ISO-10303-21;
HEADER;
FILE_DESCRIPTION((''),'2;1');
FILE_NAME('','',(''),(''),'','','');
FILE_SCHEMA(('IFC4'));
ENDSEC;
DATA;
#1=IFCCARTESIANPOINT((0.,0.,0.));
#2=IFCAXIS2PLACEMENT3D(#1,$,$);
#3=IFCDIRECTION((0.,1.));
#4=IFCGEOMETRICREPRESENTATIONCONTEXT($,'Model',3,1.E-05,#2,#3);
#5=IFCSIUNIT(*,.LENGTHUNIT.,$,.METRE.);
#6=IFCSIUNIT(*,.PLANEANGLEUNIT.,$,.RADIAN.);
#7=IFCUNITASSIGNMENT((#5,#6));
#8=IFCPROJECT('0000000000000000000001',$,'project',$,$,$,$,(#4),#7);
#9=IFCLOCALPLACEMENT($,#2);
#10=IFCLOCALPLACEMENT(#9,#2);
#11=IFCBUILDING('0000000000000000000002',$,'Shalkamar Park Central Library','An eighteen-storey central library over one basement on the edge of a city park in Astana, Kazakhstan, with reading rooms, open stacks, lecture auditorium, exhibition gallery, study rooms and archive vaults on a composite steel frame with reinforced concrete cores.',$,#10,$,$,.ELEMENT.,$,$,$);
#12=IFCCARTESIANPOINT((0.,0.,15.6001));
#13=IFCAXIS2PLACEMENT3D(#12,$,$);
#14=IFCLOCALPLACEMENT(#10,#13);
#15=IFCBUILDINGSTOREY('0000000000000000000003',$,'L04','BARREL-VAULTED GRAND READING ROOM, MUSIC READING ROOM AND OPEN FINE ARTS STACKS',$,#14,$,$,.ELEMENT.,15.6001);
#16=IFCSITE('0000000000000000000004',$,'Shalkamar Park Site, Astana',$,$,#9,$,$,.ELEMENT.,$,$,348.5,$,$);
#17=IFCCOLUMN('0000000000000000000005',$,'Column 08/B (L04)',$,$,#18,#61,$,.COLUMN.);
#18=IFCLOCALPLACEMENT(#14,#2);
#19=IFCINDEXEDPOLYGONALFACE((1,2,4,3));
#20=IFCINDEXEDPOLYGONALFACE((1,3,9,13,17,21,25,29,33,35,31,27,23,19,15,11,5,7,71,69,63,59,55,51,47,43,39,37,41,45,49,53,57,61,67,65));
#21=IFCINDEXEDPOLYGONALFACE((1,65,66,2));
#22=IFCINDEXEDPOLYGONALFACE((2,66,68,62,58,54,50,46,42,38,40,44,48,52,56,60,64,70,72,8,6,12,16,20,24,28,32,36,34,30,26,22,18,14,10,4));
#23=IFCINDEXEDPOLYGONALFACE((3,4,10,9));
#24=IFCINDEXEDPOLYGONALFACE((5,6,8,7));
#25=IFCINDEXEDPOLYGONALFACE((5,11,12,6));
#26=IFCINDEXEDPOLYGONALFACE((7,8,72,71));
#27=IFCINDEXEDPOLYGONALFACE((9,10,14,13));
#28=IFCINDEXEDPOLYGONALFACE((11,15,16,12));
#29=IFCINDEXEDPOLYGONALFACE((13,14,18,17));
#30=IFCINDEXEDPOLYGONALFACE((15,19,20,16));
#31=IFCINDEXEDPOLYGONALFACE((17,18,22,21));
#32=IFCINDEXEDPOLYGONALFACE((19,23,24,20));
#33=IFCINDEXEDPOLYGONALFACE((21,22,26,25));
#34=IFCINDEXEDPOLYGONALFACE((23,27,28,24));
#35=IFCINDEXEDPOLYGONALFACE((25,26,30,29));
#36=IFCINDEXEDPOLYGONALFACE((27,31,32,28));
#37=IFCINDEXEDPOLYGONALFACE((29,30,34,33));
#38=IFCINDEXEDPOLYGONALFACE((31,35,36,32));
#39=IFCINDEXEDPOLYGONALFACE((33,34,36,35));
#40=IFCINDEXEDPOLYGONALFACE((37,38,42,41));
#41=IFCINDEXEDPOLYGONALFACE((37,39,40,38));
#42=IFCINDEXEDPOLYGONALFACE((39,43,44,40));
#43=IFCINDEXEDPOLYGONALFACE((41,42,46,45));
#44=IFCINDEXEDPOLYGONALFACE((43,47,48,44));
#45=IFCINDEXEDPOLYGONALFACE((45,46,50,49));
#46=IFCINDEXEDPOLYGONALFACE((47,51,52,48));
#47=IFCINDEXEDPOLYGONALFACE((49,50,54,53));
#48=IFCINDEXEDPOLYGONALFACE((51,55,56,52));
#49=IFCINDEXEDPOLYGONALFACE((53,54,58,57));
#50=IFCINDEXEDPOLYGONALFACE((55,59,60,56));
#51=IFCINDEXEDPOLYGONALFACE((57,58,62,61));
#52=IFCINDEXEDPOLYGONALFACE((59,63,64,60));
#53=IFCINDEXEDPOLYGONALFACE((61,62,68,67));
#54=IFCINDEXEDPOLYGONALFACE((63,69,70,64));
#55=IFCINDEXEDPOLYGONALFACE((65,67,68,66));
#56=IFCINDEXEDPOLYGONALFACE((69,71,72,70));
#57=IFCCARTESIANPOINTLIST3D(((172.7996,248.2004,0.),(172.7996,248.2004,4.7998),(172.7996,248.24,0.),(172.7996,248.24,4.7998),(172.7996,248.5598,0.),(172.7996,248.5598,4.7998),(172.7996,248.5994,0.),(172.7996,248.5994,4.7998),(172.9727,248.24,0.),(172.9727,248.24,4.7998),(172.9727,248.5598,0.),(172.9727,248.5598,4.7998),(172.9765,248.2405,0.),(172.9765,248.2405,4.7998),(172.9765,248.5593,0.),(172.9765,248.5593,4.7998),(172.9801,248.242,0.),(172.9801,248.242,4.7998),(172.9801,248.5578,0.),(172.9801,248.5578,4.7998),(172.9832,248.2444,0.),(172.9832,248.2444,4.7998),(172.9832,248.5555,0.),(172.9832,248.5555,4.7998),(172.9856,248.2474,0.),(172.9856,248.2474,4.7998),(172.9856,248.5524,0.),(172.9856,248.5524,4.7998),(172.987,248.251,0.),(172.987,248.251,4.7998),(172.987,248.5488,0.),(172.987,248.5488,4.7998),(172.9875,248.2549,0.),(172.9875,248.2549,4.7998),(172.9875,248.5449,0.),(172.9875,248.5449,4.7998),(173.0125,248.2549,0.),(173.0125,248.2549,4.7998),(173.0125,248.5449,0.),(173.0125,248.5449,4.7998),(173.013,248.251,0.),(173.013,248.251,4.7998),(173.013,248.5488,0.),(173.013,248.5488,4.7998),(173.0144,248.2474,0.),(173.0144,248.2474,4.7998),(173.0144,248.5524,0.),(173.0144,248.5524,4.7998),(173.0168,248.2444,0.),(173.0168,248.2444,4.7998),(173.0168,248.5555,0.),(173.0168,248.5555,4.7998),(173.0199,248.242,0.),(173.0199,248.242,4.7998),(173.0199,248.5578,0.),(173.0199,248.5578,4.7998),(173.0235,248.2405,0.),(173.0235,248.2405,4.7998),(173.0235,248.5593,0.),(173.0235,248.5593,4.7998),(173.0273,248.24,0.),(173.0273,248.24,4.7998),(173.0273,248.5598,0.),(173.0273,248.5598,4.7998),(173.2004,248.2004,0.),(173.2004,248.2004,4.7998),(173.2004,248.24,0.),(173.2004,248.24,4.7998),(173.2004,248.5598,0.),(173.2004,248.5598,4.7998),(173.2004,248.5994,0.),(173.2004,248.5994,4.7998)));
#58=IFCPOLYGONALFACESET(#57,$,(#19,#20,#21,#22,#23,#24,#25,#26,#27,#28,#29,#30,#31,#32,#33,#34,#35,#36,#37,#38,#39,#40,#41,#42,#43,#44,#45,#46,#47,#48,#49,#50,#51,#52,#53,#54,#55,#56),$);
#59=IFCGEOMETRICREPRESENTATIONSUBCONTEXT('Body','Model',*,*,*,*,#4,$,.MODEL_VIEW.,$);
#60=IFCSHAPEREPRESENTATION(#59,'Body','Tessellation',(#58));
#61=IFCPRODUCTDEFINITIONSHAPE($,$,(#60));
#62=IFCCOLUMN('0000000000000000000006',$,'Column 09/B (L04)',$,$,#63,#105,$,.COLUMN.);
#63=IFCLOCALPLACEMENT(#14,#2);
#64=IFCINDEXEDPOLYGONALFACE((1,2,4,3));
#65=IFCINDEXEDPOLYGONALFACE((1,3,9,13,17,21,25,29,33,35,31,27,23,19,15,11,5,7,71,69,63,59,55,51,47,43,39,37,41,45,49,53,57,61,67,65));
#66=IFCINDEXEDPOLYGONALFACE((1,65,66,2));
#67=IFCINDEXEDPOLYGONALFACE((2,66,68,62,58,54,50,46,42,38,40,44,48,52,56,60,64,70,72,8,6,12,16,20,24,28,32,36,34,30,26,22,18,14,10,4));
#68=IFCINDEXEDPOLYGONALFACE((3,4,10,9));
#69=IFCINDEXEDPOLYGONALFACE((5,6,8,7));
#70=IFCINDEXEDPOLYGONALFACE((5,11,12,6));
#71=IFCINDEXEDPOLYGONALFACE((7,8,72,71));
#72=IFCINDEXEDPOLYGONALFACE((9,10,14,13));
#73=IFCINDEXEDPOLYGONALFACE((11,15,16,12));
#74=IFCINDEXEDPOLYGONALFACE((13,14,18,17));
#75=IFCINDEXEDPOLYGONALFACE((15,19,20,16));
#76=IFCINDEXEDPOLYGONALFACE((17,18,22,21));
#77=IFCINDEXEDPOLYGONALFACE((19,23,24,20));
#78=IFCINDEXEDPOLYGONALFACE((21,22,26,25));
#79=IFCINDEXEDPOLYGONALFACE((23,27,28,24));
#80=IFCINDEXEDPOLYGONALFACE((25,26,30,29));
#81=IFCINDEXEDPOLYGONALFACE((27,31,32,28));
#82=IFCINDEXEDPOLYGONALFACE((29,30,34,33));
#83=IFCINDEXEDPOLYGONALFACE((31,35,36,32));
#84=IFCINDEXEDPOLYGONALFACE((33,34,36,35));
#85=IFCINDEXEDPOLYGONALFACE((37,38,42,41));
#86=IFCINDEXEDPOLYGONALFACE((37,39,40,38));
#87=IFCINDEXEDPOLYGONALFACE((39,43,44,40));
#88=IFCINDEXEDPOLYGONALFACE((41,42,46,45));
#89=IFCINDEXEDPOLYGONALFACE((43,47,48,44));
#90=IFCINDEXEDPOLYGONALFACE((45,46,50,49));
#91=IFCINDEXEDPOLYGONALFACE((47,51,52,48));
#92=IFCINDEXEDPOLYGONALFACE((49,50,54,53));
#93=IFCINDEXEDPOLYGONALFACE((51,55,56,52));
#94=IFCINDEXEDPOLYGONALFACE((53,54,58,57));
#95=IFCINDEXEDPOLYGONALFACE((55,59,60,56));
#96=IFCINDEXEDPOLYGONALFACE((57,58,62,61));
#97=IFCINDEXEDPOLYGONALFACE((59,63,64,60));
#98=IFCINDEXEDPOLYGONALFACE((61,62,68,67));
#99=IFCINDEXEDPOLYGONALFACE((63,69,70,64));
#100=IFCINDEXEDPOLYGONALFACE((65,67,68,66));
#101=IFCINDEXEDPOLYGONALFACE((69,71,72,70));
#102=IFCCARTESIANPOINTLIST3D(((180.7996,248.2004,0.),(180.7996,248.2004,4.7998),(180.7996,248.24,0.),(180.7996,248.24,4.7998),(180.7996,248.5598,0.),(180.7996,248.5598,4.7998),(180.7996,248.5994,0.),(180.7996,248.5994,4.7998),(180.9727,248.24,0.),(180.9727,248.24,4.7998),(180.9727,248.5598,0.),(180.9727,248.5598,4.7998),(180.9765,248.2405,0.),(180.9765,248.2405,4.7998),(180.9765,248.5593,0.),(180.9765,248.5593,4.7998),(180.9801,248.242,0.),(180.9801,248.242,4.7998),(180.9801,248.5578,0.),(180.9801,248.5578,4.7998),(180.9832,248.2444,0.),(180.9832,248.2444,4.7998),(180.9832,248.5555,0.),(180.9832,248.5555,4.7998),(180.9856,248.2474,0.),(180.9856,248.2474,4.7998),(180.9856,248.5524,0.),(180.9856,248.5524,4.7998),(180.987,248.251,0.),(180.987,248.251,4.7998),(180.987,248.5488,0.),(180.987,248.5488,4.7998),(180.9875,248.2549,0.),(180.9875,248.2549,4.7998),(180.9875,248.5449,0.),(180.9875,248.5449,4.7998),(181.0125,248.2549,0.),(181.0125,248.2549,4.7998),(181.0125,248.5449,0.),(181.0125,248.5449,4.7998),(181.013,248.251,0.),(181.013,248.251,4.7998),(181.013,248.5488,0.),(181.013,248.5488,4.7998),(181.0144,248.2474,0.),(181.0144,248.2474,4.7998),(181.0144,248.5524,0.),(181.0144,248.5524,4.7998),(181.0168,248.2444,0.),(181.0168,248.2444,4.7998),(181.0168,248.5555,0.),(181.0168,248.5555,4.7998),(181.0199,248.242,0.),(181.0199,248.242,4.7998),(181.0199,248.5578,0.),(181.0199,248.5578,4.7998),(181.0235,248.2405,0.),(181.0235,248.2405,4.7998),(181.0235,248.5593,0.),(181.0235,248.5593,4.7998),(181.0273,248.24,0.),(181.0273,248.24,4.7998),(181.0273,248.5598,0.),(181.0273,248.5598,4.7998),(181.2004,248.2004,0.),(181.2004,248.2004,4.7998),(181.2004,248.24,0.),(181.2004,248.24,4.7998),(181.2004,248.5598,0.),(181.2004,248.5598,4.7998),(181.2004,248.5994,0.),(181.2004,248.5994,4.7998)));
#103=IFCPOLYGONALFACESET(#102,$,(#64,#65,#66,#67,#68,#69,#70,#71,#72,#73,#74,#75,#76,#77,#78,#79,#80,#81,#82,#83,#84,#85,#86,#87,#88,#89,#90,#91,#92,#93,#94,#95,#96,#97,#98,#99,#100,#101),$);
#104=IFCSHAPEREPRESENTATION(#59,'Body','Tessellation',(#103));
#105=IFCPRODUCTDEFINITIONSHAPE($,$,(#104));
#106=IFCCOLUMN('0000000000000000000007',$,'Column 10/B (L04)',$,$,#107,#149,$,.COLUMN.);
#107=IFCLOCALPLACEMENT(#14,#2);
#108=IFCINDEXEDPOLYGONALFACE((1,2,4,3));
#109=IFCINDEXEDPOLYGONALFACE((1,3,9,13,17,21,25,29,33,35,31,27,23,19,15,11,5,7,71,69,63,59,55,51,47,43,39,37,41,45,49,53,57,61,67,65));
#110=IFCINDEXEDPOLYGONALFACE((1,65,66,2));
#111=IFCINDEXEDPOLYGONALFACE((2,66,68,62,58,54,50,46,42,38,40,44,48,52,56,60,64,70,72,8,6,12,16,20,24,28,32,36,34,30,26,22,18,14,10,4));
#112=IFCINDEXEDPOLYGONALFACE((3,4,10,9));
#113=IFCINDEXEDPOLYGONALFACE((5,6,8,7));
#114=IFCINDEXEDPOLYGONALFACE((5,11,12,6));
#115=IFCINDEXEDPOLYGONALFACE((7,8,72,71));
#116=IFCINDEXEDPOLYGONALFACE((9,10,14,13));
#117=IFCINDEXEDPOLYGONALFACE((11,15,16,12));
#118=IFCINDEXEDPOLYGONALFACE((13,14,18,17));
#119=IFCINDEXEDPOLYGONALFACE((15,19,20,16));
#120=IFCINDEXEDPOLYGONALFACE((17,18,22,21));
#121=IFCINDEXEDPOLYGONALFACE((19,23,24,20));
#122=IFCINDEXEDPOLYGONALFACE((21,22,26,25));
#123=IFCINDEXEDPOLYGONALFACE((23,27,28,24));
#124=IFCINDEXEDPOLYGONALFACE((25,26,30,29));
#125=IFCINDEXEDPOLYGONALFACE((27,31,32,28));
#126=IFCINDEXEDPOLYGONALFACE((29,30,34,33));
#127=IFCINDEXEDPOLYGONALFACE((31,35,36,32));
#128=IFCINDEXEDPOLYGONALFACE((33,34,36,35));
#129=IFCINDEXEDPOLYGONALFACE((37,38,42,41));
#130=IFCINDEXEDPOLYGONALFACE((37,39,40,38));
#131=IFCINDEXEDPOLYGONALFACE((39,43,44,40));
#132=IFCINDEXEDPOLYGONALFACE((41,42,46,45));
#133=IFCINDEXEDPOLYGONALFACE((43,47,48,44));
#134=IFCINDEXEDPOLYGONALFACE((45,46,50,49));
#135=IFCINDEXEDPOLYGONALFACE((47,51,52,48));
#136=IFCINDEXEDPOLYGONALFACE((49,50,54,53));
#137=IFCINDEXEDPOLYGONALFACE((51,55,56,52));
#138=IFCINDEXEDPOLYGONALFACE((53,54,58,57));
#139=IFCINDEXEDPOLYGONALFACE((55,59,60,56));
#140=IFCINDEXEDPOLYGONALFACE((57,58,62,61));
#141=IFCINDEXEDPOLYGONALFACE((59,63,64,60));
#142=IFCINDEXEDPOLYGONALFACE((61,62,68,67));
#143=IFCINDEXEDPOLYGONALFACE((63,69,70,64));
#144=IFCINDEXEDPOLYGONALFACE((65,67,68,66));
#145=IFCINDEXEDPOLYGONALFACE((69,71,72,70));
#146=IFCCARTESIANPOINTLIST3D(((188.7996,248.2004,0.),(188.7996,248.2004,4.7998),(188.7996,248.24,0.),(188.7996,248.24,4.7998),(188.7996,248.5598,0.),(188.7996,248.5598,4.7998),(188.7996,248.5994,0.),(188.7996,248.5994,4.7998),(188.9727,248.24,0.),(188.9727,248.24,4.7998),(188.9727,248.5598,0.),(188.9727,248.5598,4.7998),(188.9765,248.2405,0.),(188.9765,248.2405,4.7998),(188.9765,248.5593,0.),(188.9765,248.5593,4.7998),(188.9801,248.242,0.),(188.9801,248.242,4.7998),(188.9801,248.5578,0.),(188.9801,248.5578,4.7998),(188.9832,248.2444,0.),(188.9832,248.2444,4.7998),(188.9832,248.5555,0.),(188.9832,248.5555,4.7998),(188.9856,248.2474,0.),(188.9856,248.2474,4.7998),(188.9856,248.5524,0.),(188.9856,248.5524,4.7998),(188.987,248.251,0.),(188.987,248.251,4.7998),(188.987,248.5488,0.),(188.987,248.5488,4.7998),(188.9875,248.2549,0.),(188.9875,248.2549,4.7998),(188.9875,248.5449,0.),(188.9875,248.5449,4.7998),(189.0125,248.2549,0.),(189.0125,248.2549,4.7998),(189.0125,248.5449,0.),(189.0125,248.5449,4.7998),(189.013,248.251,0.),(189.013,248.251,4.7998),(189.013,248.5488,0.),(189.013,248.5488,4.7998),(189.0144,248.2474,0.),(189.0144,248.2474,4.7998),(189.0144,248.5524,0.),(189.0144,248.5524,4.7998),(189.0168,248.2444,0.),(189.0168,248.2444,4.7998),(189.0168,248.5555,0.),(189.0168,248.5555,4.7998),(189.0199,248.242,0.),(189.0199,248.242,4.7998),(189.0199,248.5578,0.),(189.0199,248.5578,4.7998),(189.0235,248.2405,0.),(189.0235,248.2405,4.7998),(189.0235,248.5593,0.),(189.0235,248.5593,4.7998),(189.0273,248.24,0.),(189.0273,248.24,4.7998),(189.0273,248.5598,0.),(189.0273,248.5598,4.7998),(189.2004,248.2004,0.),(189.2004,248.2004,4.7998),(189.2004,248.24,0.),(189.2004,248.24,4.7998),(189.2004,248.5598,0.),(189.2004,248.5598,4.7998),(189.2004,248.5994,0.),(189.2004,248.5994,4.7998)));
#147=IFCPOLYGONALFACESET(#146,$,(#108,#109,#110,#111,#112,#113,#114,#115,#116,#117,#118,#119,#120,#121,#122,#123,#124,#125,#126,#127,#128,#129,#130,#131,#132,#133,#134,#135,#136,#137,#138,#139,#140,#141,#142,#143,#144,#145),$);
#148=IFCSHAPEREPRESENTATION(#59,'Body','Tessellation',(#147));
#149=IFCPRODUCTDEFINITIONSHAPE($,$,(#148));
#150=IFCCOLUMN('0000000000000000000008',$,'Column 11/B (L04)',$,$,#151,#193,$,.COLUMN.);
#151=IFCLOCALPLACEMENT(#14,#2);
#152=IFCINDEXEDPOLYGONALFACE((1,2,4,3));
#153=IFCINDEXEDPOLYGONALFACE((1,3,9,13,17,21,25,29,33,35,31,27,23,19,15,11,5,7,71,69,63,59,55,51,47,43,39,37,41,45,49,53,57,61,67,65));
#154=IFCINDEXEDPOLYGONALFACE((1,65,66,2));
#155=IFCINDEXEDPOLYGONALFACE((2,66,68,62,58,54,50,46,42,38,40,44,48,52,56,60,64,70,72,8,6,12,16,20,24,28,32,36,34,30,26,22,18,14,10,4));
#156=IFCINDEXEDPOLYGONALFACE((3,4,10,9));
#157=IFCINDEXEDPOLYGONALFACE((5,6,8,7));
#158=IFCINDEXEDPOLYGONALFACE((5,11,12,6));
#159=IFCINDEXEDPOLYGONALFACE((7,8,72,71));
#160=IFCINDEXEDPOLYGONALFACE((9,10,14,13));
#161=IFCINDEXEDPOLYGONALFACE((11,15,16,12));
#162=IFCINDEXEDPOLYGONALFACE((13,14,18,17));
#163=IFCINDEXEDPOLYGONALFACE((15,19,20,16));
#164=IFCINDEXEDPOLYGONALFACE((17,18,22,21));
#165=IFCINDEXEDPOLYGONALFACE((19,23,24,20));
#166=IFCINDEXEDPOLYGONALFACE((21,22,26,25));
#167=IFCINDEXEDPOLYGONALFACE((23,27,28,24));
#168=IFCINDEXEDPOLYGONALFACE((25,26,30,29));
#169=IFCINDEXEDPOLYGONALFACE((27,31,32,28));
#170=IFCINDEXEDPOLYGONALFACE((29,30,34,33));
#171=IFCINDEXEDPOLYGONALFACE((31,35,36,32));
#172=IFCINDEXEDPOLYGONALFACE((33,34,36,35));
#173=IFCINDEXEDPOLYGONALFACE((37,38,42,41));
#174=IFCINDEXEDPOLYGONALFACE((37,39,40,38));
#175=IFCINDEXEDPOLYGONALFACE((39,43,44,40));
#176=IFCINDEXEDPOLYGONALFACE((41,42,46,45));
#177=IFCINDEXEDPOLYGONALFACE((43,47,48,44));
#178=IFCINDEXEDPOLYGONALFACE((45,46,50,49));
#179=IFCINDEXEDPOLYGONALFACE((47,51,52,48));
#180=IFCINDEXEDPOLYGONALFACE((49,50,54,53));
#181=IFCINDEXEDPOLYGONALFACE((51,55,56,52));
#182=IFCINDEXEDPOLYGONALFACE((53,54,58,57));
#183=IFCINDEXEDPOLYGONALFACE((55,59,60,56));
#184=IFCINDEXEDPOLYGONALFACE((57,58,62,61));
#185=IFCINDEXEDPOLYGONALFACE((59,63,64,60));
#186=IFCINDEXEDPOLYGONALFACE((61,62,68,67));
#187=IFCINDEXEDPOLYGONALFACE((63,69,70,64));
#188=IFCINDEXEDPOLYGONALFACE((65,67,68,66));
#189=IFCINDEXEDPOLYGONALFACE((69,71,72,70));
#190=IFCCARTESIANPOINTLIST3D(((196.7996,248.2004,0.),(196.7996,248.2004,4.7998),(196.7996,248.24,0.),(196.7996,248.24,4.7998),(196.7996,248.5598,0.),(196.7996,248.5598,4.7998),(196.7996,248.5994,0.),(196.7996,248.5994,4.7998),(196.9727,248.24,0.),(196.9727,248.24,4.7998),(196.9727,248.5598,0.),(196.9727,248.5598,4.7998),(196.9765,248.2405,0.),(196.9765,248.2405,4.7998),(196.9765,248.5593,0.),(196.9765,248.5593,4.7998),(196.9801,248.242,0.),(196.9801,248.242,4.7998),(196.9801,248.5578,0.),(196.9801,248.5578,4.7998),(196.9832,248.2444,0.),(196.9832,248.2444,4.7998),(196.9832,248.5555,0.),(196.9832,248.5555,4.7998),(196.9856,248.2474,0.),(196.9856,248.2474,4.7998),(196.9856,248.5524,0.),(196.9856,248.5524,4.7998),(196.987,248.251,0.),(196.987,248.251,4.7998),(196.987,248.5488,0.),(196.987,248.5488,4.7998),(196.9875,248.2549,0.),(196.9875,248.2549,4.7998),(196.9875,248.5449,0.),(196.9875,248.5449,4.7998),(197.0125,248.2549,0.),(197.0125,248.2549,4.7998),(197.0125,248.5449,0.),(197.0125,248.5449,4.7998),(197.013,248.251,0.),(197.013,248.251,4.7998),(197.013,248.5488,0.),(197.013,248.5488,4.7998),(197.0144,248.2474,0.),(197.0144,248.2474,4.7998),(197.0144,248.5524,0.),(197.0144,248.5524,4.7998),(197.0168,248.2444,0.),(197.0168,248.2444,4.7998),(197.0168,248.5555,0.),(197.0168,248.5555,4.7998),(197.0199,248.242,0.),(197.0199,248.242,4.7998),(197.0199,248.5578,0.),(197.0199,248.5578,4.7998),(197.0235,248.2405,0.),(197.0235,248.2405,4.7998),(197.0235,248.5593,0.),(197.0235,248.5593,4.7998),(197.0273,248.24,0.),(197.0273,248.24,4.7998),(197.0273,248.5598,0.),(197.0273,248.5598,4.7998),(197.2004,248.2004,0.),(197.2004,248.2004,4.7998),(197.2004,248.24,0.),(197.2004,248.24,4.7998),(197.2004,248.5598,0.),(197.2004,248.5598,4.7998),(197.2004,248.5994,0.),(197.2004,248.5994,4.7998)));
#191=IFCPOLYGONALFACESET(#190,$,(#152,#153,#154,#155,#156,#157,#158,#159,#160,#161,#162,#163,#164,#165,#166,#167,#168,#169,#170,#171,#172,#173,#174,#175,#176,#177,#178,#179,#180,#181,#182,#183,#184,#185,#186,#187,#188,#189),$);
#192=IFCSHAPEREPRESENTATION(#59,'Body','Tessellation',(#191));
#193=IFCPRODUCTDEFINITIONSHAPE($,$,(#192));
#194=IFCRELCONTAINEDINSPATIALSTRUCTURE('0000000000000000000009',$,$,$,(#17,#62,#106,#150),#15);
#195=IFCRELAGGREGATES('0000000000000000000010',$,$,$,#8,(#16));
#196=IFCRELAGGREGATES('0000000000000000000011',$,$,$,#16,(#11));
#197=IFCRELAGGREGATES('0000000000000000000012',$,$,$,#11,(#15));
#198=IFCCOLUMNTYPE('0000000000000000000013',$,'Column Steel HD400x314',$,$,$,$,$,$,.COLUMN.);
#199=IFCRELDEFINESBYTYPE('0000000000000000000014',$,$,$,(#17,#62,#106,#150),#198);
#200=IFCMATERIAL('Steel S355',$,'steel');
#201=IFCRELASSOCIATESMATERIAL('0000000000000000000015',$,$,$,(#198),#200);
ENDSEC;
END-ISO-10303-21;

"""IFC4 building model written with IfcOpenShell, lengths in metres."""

from ifc_helpers import new_model, si_unit, direction, frame, origin, origin_2d, place, context, subcontext, project, spatial, i_section, extrude, material, material_profile, profile_set, type_object, element, save


model = new_model("IFC4")

# Units and contexts
model_context = context("Model", 3, precision=1e-05, world=origin(), true_north=direction((0.0, 1.0)))
body_context = subcontext(model_context, "Body", "Model", "MODEL_VIEW")
ifc_project = project(units=[si_unit("LENGTHUNIT", "METRE"), si_unit("PLANEANGLEUNIT", "RADIAN")], contexts=[model_context])

# Site, building, storey
site_placement = place(None, origin())
site = spatial("IfcSite", under=ifc_project, at=site_placement, Name="Shalkamar Park Site, Astana", CompositionType="ELEMENT", RefElevation=348.5)
building_placement = place(site_placement, origin())
building = spatial("IfcBuilding", under=site, at=building_placement, Name="Shalkamar Park Central Library", Description="An eighteen-storey central library over one basement on the edge of a city park in Astana, Kazakhstan, with reading rooms, open stacks, lecture auditorium, exhibition gallery, study rooms and archive vaults on a composite steel frame with reinforced concrete cores.", CompositionType="ELEMENT")
storey_placement = place(building_placement, frame((0.0, 0.0, 15.6001)))
storey = spatial("IfcBuildingStorey", under=building, at=storey_placement, Name="L04", Description="BARREL-VAULTED GRAND READING ROOM, MUSIC READING ROOM AND OPEN FINE ARTS STACKS", CompositionType="ELEMENT", Elevation=15.6001)

# Columns
ifc_material_1 = material(Name="Steel S355", Category="steel")
ifc_material_profile_1 = material_profile(ifc_material_1, i_section(OverallWidth=0.4009, OverallDepth=0.3989, WebThickness=0.0249, FlangeThickness=0.0396, FilletRadius=0.0149, at=origin_2d()), Name="HD 400x314")
ifc_profile_set_1 = profile_set([ifc_material_profile_1], Name="Steel S355")
column_type = type_object("IfcColumnType", Name="Column Steel HD400x314", PredefinedType="COLUMN", material=ifc_profile_set_1)
for number, where, z_axis, x_axis, name in (
    (1, (173.0, 248.3999, 0.0), (0.0, 0.0, 1.0), (1.0, 0.0, 0.0), "Column 08/B (L04)"),
    (2, (181.0, 248.3999, 0.0), (0.0, 0.0, 1.0), (1.0, 0.0, 0.0), "Column 09/B (L04)"),
    (3, (189.0, 248.3999, 0.0), (0.0, 0.0, 1.0), (1.0, 0.0, 0.0), "Column 10/B (L04)"),
    (4, (197.0, 248.3999, 0.0), (0.0, 0.0, 1.0), (1.0, 0.0, 0.0), "Column 11/B (L04)"),
):
    element("IfcColumn", number, at=place(storey_placement, frame(where, z_axis=z_axis, x_axis=x_axis)), inside=storey, type_object=column_type, Name=name, PredefinedType="COLUMN", context=body_context, shape_type="SweptSolid", body=[
        extrude(i_section(OverallWidth=0.4009, OverallDepth=0.3989, WebThickness=0.0249, FlangeThickness=0.0396, FilletRadius=0.0149, at=origin_2d()), origin(), (0.0, 0.0, 1.0), 4.7998),
    ])

save(model, "model.ifc")
